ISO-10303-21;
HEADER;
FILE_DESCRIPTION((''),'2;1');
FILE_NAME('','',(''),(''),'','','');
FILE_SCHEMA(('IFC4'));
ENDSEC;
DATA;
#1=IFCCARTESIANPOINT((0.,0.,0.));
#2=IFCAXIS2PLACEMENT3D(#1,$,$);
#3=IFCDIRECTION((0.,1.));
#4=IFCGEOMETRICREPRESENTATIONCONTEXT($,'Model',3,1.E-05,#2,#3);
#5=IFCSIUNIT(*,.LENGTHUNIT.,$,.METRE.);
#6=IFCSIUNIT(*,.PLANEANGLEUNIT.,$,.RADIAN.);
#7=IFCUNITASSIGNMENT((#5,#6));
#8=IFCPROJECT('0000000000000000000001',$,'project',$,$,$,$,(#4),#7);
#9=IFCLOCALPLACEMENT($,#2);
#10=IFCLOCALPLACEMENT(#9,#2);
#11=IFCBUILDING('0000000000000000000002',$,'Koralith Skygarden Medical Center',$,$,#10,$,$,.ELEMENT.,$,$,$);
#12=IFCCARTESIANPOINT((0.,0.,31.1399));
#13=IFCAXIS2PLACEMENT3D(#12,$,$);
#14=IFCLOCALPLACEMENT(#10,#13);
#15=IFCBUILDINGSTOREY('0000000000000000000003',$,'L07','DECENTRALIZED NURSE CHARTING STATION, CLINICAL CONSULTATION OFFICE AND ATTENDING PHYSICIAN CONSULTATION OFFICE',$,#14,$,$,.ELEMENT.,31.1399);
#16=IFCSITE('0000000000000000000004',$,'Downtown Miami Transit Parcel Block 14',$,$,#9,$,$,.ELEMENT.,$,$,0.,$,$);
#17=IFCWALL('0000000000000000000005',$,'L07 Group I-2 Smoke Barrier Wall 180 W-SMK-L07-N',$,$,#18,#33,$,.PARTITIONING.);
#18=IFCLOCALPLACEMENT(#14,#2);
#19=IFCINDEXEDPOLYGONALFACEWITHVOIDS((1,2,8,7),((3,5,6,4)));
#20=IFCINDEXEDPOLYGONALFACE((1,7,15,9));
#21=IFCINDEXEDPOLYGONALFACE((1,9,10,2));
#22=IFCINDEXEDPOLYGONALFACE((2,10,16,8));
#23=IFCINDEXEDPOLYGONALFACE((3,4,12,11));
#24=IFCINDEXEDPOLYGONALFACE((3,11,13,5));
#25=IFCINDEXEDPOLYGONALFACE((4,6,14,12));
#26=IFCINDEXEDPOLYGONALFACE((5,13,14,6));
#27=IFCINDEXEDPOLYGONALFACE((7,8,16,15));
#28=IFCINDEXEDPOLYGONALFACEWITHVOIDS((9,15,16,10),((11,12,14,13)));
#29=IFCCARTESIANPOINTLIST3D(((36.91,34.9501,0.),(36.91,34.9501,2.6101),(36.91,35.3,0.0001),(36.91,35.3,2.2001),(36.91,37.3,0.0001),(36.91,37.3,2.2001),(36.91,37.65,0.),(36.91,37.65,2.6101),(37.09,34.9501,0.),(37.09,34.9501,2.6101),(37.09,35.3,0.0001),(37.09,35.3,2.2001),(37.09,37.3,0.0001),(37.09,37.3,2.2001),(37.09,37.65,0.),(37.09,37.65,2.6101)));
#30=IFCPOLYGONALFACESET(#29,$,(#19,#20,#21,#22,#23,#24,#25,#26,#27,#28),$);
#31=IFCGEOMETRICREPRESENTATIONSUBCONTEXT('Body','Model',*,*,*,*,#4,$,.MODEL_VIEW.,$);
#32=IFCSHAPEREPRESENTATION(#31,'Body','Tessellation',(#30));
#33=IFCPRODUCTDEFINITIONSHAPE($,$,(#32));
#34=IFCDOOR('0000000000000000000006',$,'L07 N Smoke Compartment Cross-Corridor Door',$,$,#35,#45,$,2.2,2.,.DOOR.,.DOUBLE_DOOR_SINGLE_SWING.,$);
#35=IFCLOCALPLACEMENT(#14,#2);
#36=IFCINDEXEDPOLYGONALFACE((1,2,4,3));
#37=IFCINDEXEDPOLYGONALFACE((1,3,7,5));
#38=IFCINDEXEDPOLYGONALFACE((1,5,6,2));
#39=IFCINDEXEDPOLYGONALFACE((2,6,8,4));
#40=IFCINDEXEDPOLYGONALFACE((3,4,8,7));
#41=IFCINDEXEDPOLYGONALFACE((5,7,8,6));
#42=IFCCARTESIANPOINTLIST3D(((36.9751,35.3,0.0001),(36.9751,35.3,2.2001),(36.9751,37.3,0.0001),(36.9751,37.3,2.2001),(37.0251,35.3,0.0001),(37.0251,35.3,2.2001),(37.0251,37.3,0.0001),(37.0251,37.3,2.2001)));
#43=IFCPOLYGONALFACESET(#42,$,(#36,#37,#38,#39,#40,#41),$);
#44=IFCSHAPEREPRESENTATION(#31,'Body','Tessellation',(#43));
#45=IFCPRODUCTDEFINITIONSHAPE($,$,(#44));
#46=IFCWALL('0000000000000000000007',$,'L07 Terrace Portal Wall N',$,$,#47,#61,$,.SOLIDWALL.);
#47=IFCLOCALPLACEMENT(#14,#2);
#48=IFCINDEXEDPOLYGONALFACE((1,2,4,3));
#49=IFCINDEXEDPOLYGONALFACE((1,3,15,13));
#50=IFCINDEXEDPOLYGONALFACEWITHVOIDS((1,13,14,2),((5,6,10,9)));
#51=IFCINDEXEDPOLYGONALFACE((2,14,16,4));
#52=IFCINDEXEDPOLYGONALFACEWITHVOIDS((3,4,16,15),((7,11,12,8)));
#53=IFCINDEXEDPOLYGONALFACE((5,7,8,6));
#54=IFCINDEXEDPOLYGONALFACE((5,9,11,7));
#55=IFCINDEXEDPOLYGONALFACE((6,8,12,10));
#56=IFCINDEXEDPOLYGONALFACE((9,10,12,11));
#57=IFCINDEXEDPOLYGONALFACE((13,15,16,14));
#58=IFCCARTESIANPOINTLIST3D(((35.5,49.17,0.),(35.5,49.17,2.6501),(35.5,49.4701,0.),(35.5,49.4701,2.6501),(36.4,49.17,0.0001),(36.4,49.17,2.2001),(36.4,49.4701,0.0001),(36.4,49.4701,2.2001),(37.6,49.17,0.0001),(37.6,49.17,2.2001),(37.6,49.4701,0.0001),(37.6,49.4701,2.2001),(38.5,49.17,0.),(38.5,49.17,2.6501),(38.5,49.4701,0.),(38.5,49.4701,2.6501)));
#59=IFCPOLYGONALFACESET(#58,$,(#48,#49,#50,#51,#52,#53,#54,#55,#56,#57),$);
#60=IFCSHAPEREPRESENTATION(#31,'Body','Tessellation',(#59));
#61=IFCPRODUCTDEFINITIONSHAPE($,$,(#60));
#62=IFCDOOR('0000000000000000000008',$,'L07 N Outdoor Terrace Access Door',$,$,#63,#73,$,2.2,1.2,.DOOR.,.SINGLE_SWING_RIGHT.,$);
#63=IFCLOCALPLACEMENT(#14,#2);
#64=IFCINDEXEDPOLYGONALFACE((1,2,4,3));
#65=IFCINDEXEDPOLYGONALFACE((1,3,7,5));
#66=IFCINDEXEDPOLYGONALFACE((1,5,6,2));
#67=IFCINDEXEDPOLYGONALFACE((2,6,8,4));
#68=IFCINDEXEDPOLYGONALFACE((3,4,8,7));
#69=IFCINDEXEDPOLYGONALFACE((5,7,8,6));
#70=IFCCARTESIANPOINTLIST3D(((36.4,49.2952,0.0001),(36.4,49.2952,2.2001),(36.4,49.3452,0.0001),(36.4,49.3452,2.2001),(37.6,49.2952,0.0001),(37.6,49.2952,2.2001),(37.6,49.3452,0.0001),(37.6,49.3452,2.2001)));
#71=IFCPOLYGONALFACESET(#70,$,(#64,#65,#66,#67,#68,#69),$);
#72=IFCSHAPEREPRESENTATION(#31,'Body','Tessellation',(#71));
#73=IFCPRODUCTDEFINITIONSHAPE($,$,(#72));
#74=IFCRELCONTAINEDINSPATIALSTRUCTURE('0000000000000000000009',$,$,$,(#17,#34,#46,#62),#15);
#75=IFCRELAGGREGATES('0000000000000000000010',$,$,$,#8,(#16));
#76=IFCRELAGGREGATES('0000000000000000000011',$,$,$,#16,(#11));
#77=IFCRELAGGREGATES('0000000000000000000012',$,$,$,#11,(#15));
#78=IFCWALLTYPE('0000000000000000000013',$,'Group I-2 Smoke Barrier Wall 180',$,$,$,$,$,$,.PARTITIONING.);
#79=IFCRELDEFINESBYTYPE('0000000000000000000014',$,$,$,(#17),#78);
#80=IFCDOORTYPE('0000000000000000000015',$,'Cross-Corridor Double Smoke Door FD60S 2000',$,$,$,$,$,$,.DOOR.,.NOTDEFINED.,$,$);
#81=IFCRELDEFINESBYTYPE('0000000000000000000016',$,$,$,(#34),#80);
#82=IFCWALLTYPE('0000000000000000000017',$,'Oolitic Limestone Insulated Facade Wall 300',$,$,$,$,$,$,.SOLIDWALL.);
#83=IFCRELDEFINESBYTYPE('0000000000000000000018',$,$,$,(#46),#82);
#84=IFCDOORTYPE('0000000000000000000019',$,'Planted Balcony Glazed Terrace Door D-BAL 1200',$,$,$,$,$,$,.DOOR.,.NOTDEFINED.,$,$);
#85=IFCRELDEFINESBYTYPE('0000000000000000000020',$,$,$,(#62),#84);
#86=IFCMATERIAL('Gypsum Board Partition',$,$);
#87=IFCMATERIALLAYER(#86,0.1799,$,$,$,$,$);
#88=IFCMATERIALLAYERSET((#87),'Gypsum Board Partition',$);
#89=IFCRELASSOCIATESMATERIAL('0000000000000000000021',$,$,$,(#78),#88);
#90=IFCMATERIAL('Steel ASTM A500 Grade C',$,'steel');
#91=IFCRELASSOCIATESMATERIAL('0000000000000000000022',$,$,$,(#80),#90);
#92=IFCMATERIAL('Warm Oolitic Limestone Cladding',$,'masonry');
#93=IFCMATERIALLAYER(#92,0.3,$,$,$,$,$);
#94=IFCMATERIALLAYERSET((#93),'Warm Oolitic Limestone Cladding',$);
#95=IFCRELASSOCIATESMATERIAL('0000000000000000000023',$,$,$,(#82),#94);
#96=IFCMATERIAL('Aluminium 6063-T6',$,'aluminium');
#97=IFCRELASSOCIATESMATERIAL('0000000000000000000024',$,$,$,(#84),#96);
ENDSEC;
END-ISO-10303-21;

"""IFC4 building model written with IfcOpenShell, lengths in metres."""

from ifc_helpers import new_model, si_unit, direction, frame, frame_2d, origin, place, context, subcontext, project, spatial, rectangle, extrude, material, layer, layer_set, type_object, element, fill, save


model = new_model("IFC4")

# Units and contexts
model_context = context("Model", 3, precision=1e-05, world=origin(), true_north=direction((0.0, 1.0)))
body_context = subcontext(model_context, "Body", "Model", "MODEL_VIEW")
ifc_project = project(units=[si_unit("LENGTHUNIT", "METRE"), si_unit("PLANEANGLEUNIT", "RADIAN")], contexts=[model_context])

# Site, building, storey
site_placement = place(None, origin())
site = spatial("IfcSite", under=ifc_project, at=site_placement, Name="Downtown Miami Transit Parcel Block 14", CompositionType="ELEMENT", RefElevation=0.0)
building_placement = place(site_placement, origin())
building = spatial("IfcBuilding", under=site, at=building_placement, Name="Koralith Skygarden Medical Center", CompositionType="ELEMENT")
storey_placement = place(building_placement, frame((0.0, 0.0, 31.1399)))
storey = spatial("IfcBuildingStorey", under=building, at=storey_placement, Name="L07", Description="DECENTRALIZED NURSE CHARTING STATION, CLINICAL CONSULTATION OFFICE AND ATTENDING PHYSICIAN CONSULTATION OFFICE", CompositionType="ELEMENT", Elevation=31.1399)

# Shared definitions
ifc_material_1 = material(Name="Aluminium 6063-T6", Category="aluminium")

# Shared definitions
ifc_material_2 = material(Name="Gypsum Board Partition")

# Walls, openings, doors
ifc_layer_1 = layer(ifc_material_2, 0.1799)
ifc_layer_set_1 = layer_set([ifc_layer_1], Name="Gypsum Board Partition")
wall_type_1 = type_object("IfcWallType", Name="Group I-2 Smoke Barrier Wall 180", PredefinedType="PARTITIONING", material=ifc_layer_set_1)
wall_1_placement = place(storey_placement, frame((37.0, 34.95, 0.0), z_axis=(0.0, 0.0, 1.0), x_axis=(0.0, 1.0, 0.0)))
wall_1 = element("IfcWall", 1, at=wall_1_placement, inside=storey, type_object=wall_type_1, Name="L07 Group I-2 Smoke Barrier Wall 180 W-SMK-L07-N", PredefinedType="PARTITIONING", context=body_context, shape_type="SweptSolid", body=[
    extrude(rectangle(XDim=2.7, YDim=0.1799, at=frame_2d((1.3501, 0.0))), origin(), (0.0, 0.0, 1.0), 2.6101),
])
opening_1_placement = place(wall_1_placement, frame((0.3501, 0.0, 0.0)))
opening_1 = element("IfcOpeningElement", 2, at=opening_1_placement, cuts=wall_1, PredefinedType="OPENING", context=body_context, shape_type="SweptSolid", body=[
    extrude(rectangle(XDim=2.0, YDim=2.2, at=frame_2d((1.0, 1.1001))), frame((0.0, 0.0999, 0.0), z_axis=(0.0, -1.0, 0.0), x_axis=(1.0, 0.0, 0.0)), (0.0, 0.0, 1.0), 0.2),
])
ifc_material_3 = material(Name="Steel ASTM A500 Grade C", Category="steel")
door_type_1 = type_object("IfcDoorType", Name="Cross-Corridor Double Smoke Door FD60S 2000", OperationType="NOTDEFINED", PredefinedType="DOOR", material=ifc_material_3)
door_1_placement = place(opening_1_placement, origin())
door_1 = element("IfcDoor", 3, at=door_1_placement, inside=storey, type_object=door_type_1, Name="L07 N Smoke Compartment Cross-Corridor Door", OperationType="DOUBLE_DOOR_SINGLE_SWING", OverallHeight=2.2, OverallWidth=2.0, PredefinedType="DOOR", context=body_context, shape_type="SweptSolid", body=[
    extrude(rectangle(XDim=2.0, YDim=2.2, at=frame_2d((1.0, 1.1001))), frame((0.0, 0.0249, 0.0), z_axis=(0.0, -1.0, 0.0), x_axis=(1.0, 0.0, 0.0)), (0.0, 0.0, 1.0), 0.05),
])
fill(opening_1, door_1)
ifc_material_4 = material(Name="Warm Oolitic Limestone Cladding", Category="masonry")
ifc_layer_2 = layer(ifc_material_4, 0.3)
ifc_layer_set_2 = layer_set([ifc_layer_2], Name="Warm Oolitic Limestone Cladding")
wall_type_2 = type_object("IfcWallType", Name="Oolitic Limestone Insulated Facade Wall 300", PredefinedType="SOLIDWALL", material=ifc_layer_set_2)
wall_2_placement = place(storey_placement, frame((38.5, 49.3201, 0.0), z_axis=(0.0, 0.0, 1.0), x_axis=(-1.0, 0.0, 0.0)))
wall_2 = element("IfcWall", 4, at=wall_2_placement, inside=storey, type_object=wall_type_2, Name="L07 Terrace Portal Wall N", PredefinedType="SOLIDWALL", context=body_context, shape_type="SweptSolid", body=[
    extrude(rectangle(XDim=3.0, YDim=0.3, at=frame_2d((1.5, 0.0))), origin(), (0.0, 0.0, 1.0), 2.6501),
])
opening_2_placement = place(wall_2_placement, frame((0.8999, 0.0, 0.0)))
opening_2 = element("IfcOpeningElement", 5, at=opening_2_placement, cuts=wall_2, PredefinedType="OPENING", context=body_context, shape_type="SweptSolid", body=[
    extrude(rectangle(XDim=1.2, YDim=2.2, at=frame_2d((0.6001, 1.1001))), frame((0.0, 0.1599, 0.0), z_axis=(0.0, -1.0, 0.0), x_axis=(1.0, 0.0, 0.0)), (0.0, 0.0, 1.0), 0.3201),
])
door_type_2 = type_object("IfcDoorType", Name="Planted Balcony Glazed Terrace Door D-BAL 1200", OperationType="NOTDEFINED", PredefinedType="DOOR", material=ifc_material_1)
door_2_placement = place(opening_2_placement, origin())
door_2 = element("IfcDoor", 6, at=door_2_placement, inside=storey, type_object=door_type_2, Name="L07 N Outdoor Terrace Access Door", OperationType="SINGLE_SWING_RIGHT", OverallHeight=2.2, OverallWidth=1.2, PredefinedType="DOOR", context=body_context, shape_type="SweptSolid", body=[
    extrude(rectangle(XDim=1.2, YDim=2.2, at=frame_2d((0.6001, 1.1001))), frame((0.0, 0.0249, 0.0), z_axis=(0.0, -1.0, 0.0), x_axis=(1.0, 0.0, 0.0)), (0.0, 0.0, 1.0), 0.05),
])
fill(opening_2, door_2)

save(model, "model.ifc")
